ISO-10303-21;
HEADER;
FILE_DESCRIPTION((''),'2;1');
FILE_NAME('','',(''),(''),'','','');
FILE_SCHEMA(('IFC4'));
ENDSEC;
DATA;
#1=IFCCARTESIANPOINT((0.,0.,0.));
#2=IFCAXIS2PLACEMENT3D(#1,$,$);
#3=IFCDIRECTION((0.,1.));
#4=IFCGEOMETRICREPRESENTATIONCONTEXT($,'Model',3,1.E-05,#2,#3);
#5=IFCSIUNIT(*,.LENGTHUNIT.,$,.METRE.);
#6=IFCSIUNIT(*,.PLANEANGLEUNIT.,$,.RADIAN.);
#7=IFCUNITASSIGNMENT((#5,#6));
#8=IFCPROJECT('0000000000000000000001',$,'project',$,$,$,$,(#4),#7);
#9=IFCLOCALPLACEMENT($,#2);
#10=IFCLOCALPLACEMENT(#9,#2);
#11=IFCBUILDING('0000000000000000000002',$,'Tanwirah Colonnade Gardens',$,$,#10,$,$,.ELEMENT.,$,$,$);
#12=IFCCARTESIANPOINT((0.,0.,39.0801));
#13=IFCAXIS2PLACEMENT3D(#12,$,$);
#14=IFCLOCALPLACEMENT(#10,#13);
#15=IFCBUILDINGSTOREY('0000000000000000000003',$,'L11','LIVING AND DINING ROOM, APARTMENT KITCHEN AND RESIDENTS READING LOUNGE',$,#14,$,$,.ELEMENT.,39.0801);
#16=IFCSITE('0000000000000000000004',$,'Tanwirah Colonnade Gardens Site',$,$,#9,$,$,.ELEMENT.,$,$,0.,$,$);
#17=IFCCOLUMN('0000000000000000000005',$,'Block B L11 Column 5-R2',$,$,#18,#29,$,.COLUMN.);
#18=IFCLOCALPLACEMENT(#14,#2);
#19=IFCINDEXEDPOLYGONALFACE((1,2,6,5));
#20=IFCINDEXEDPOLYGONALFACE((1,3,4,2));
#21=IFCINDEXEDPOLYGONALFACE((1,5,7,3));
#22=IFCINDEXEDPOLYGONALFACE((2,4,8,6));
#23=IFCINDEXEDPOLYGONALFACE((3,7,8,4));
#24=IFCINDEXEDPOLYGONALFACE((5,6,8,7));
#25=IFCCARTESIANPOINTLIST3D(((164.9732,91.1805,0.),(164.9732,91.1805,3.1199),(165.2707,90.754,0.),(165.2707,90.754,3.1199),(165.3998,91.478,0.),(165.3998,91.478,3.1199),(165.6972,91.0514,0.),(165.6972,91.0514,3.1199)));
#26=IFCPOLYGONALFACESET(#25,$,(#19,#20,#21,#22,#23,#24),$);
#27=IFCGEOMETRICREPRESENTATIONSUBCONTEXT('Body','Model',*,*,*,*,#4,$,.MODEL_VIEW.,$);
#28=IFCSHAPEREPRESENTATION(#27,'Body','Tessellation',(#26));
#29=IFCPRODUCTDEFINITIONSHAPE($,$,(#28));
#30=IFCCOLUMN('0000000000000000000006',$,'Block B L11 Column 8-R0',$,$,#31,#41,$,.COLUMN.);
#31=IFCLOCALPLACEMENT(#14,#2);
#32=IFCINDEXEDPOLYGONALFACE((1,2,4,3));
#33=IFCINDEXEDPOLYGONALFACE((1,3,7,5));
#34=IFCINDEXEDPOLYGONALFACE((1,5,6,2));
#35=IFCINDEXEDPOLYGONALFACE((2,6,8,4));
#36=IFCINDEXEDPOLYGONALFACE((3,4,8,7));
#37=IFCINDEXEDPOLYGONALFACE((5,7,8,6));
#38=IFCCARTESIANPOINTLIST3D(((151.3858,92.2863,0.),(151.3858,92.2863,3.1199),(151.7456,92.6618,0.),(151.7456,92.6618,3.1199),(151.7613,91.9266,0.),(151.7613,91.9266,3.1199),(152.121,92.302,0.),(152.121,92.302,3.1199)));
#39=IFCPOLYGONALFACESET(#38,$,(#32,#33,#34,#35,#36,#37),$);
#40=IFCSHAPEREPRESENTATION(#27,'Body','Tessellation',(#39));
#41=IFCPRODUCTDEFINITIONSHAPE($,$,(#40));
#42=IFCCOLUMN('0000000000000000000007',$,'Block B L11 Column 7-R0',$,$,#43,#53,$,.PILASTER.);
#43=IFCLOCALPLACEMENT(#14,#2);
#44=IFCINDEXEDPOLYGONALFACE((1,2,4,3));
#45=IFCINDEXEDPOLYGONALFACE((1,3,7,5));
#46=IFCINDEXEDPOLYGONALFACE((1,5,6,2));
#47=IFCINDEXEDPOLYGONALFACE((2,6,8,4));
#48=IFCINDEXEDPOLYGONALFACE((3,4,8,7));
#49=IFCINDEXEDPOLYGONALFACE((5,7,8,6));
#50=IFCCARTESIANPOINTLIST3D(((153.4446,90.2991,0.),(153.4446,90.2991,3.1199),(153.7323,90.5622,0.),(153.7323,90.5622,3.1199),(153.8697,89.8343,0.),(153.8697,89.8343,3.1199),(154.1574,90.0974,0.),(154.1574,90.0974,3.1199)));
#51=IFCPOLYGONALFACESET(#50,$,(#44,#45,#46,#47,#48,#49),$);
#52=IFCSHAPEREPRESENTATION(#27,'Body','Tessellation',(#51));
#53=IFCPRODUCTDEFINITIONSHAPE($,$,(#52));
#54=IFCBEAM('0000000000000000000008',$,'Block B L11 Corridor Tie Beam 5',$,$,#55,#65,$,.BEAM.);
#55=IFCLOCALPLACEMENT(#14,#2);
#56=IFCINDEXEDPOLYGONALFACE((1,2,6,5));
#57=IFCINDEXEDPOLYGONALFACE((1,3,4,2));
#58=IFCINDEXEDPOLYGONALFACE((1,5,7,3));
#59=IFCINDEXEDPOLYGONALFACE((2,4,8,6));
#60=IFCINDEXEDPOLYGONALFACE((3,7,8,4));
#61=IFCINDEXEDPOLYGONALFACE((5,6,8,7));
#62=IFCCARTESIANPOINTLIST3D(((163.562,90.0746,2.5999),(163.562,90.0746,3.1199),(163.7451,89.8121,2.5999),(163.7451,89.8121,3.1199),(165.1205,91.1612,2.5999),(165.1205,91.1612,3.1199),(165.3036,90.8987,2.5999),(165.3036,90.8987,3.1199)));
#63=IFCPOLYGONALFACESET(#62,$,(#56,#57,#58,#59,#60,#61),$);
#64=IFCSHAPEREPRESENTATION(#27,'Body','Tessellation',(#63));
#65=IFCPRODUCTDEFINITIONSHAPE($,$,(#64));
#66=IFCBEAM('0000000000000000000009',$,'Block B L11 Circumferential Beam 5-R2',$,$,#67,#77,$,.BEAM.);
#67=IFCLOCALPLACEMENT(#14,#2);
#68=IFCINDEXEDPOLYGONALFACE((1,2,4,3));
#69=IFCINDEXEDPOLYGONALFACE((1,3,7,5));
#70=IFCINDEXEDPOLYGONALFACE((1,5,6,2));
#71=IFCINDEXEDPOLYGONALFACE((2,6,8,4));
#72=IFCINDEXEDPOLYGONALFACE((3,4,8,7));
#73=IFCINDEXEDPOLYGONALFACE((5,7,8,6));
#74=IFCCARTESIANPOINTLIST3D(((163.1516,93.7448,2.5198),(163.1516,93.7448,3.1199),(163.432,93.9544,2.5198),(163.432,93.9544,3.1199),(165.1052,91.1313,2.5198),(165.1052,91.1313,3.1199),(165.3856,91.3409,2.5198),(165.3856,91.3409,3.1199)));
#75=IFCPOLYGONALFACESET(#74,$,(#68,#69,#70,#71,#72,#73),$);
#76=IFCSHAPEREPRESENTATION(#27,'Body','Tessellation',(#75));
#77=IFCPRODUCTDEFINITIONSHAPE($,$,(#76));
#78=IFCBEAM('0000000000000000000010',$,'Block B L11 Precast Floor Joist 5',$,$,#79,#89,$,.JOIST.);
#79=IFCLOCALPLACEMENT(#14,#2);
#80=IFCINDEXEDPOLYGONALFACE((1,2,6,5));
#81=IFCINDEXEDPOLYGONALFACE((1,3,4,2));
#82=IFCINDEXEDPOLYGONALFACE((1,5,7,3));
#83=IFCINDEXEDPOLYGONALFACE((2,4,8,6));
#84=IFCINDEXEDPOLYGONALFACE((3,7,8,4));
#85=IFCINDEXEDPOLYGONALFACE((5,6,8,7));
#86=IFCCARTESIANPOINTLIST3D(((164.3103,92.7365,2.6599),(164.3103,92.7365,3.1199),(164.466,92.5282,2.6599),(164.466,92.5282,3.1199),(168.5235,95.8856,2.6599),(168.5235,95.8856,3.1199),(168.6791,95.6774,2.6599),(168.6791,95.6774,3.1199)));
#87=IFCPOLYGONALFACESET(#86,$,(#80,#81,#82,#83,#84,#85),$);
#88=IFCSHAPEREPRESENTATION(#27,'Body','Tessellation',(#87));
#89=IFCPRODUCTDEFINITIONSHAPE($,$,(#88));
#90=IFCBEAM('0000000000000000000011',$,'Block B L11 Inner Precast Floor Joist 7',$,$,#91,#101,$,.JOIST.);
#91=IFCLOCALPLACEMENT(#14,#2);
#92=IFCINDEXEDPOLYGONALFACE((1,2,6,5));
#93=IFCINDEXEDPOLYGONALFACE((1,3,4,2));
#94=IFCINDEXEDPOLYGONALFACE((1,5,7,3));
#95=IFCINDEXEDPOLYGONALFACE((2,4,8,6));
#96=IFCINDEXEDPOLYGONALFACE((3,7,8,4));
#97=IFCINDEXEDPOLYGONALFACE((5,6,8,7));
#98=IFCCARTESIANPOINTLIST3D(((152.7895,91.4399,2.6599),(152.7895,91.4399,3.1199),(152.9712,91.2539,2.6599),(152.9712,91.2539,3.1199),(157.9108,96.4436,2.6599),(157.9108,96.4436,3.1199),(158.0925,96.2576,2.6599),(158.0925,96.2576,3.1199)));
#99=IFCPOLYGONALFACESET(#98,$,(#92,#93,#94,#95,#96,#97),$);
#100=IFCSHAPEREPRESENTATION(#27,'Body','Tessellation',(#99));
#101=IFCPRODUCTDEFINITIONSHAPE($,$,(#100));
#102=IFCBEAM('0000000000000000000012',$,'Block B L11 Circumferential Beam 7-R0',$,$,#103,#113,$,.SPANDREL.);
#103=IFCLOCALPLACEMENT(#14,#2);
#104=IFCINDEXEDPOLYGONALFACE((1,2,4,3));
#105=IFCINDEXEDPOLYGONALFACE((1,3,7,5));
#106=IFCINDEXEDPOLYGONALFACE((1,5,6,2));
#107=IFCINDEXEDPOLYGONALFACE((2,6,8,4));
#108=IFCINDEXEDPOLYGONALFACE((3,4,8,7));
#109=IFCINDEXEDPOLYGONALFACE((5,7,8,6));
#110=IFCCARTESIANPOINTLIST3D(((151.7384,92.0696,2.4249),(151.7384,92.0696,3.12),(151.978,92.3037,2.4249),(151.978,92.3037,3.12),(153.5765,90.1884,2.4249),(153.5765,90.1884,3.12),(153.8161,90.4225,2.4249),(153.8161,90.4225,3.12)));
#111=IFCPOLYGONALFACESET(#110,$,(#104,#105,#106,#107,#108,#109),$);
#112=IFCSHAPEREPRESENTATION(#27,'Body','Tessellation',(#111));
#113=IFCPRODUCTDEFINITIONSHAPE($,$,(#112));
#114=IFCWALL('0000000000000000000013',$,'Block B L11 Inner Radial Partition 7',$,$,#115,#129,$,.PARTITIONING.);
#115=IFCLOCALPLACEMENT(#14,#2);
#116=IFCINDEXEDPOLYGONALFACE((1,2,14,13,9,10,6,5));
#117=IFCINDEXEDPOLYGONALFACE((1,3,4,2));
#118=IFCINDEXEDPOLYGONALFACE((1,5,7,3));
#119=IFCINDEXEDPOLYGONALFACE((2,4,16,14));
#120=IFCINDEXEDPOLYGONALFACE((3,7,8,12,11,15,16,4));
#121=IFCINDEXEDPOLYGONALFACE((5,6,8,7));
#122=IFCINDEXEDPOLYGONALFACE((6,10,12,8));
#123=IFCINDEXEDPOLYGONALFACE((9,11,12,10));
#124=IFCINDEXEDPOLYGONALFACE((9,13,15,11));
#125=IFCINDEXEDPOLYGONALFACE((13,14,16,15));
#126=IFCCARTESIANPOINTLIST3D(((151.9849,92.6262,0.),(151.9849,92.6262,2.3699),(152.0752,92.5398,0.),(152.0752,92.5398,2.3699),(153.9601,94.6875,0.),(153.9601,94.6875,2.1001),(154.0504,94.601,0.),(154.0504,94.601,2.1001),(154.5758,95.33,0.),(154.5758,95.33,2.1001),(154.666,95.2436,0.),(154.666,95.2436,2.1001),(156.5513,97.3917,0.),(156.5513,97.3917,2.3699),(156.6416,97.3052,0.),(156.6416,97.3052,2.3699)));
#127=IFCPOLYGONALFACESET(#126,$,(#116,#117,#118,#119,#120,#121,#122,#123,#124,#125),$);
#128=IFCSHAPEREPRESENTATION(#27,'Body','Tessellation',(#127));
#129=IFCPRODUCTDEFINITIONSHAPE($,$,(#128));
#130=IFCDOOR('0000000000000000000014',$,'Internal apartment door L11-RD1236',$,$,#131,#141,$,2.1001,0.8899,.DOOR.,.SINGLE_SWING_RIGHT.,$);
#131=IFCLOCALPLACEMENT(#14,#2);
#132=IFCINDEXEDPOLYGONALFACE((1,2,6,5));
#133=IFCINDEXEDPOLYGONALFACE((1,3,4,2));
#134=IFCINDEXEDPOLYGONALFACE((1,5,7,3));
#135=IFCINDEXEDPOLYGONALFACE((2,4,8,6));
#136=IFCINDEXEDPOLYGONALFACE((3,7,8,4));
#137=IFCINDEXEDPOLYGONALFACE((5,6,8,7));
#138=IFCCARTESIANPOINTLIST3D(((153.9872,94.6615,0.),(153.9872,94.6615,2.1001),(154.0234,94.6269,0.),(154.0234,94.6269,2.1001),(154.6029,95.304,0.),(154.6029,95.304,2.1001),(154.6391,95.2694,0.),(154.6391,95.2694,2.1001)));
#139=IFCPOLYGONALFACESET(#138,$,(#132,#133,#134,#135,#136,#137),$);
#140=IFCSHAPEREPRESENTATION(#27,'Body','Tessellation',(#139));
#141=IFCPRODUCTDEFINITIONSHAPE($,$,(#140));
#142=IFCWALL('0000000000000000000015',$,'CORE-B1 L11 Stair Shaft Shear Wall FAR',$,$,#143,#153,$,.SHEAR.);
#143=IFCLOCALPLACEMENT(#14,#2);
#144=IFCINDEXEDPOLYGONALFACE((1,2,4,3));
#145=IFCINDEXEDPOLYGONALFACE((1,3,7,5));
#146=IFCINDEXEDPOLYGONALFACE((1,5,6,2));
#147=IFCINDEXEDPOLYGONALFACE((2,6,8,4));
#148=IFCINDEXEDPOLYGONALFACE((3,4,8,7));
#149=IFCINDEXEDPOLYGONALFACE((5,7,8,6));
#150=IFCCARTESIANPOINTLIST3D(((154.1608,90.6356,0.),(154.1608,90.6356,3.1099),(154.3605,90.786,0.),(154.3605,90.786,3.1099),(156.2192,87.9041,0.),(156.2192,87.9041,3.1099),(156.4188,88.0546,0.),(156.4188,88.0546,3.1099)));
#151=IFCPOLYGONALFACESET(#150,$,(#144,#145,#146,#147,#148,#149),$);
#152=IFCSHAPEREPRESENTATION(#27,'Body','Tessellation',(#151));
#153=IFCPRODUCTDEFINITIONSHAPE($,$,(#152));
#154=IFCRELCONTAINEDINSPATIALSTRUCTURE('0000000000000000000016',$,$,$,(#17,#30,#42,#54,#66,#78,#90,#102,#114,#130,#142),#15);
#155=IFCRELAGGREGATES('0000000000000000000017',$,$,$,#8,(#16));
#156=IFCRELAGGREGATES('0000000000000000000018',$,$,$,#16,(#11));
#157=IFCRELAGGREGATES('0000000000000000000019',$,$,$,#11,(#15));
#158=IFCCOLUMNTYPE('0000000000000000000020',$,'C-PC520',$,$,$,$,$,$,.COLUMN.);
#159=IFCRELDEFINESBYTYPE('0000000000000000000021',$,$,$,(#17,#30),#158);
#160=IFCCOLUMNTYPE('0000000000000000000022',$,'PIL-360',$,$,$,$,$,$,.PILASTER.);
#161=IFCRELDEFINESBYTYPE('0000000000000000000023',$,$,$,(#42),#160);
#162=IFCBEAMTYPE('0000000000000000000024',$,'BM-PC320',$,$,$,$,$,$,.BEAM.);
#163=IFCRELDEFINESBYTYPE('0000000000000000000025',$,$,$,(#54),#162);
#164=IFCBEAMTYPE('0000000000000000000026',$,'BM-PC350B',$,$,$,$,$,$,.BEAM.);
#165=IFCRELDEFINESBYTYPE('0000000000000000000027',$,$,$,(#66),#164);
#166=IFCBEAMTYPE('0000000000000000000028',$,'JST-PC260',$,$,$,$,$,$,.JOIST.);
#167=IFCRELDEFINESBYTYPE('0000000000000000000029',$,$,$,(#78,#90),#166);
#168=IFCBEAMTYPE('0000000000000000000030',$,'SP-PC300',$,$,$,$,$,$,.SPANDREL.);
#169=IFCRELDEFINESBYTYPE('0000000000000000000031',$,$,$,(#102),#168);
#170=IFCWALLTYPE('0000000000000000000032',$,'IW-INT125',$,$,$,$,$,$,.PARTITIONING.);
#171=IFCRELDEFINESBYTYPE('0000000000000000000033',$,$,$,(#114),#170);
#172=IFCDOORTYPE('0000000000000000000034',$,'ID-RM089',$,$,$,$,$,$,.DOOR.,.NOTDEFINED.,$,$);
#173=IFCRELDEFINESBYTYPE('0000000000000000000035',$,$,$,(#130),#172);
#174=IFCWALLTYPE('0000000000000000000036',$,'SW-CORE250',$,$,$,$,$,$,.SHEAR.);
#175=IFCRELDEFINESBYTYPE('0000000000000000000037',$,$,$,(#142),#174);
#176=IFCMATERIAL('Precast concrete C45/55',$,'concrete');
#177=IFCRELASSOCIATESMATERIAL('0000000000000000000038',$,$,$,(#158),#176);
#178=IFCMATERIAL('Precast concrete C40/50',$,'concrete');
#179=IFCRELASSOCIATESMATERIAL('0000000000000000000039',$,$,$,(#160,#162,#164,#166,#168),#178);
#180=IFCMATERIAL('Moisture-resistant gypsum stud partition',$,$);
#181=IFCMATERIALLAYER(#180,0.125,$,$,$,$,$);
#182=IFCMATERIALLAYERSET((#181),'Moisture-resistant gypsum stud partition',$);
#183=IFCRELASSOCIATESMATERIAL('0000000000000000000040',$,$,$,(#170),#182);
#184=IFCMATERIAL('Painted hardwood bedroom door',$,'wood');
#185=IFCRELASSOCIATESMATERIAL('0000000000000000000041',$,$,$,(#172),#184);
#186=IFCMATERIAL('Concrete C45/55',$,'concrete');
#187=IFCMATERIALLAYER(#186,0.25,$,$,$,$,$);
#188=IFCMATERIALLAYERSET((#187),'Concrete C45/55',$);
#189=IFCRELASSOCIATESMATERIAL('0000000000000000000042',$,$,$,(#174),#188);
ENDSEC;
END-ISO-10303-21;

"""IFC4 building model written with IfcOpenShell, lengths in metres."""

from ifc_helpers import new_model, si_unit, direction, frame, frame_2d, origin, origin_2d, place, context, subcontext, project, spatial, rectangle, extrude, material, layer, layer_set, material_profile, profile_set, type_object, element, fill, save


model = new_model("IFC4")

# Units and contexts
model_context = context("Model", 3, precision=1e-05, world=origin(), true_north=direction((0.0, 1.0)))
body_context = subcontext(model_context, "Body", "Model", "MODEL_VIEW")
ifc_project = project(units=[si_unit("LENGTHUNIT", "METRE"), si_unit("PLANEANGLEUNIT", "RADIAN")], contexts=[model_context])

# Site, building, storey
site_placement = place(None, origin())
site = spatial("IfcSite", under=ifc_project, at=site_placement, Name="Tanwirah Colonnade Gardens Site", CompositionType="ELEMENT", RefElevation=0.0)
building_placement = place(site_placement, origin())
building = spatial("IfcBuilding", under=site, at=building_placement, Name="Tanwirah Colonnade Gardens", CompositionType="ELEMENT")
storey_placement = place(building_placement, frame((0.0, 0.0, 39.0801)))
storey = spatial("IfcBuildingStorey", under=building, at=storey_placement, Name="L11", Description="LIVING AND DINING ROOM, APARTMENT KITCHEN AND RESIDENTS READING LOUNGE", CompositionType="ELEMENT", Elevation=39.0801)

# Columns
ifc_material_1 = material(Name="Precast concrete C45/55", Category="concrete")
ifc_material_profile_1 = material_profile(ifc_material_1, rectangle(XDim=0.52, YDim=0.52, at=origin_2d()), Name="PC-COL 520x520")
ifc_profile_set_1 = profile_set([ifc_material_profile_1], Name="Precast concrete C45/55")
column_type_1 = type_object("IfcColumnType", Name="C-PC520", PredefinedType="COLUMN", material=ifc_profile_set_1)
for number, where, z_axis, x_axis, name in (
    (1, (165.3352, 91.116, 0.0), (0.0, 0.0, 1.0), (0.820263, 0.571987, 0.0), "Block B L11 Column 5-R2"),
    (2, (151.7534, 92.2942, 0.0), (0.0, 0.0, 1.0), (0.691863, 0.722029, 0.0), "Block B L11 Column 8-R0"),
):
    element("IfcColumn", number, at=place(storey_placement, frame(where, z_axis=z_axis, x_axis=x_axis)), inside=storey, type_object=column_type_1, Name=name, PredefinedType="COLUMN", context=body_context, shape_type="SweptSolid", body=[
        extrude(rectangle(XDim=0.52, YDim=0.52, at=origin_2d()), origin(), (0.0, 0.0, 1.0), 3.1199),
    ])
ifc_material_2 = material(Name="Precast concrete C40/50", Category="concrete")
ifc_material_profile_2 = material_profile(ifc_material_2, rectangle(XDim=0.3899, YDim=0.6299, at=origin_2d()), Name="PC-PIL 390x630")
ifc_profile_set_2 = profile_set([ifc_material_profile_2], Name="Precast concrete C40/50")
column_type_2 = type_object("IfcColumnType", Name="PIL-360", PredefinedType="PILASTER", material=ifc_profile_set_2)
column_placement = place(storey_placement, frame((153.801, 90.1982, 0.0), z_axis=(0.0, 0.0, 1.0), x_axis=(0.737932, 0.674875, 0.0)))
element("IfcColumn", 3, at=column_placement, inside=storey, type_object=column_type_2, Name="Block B L11 Column 7-R0", PredefinedType="PILASTER", context=body_context, shape_type="SweptSolid", body=[
    extrude(rectangle(XDim=0.3899, YDim=0.6299, at=origin_2d()), origin(), (0.0, 0.0, 1.0), 3.1199),
])

# Beams
ifc_material_profile_3 = material_profile(ifc_material_2, rectangle(XDim=0.3201, YDim=0.52, at=origin_2d()), Name="PC-BM 320x520")
ifc_profile_set_3 = profile_set([ifc_material_profile_3], Name="Precast concrete C40/50")
beam_type_1 = type_object("IfcBeamType", Name="BM-PC320", PredefinedType="BEAM", material=ifc_profile_set_3)
beam_1_placement = place(storey_placement, frame((163.6536, 89.9434, 2.8599), z_axis=(0.820305, 0.571926, 0.0), x_axis=(-0.571926, 0.820305, 0.0)))
element("IfcBeam", 4, at=beam_1_placement, inside=storey, type_object=beam_type_1, Name="Block B L11 Corridor Tie Beam 5", PredefinedType="BEAM", context=body_context, shape_type="SweptSolid", body=[
    extrude(rectangle(XDim=0.3201, YDim=0.52, at=origin_2d()), origin(), (0.0, 0.0, 1.0), 1.8999),
])
ifc_material_profile_4 = material_profile(ifc_material_2, rectangle(XDim=0.3501, YDim=0.6001, at=origin_2d()), Name="PC-BM 350x600")
ifc_profile_set_4 = profile_set([ifc_material_profile_4], Name="Precast concrete C40/50")
beam_type_2 = type_object("IfcBeamType", Name="BM-PC350B", PredefinedType="BEAM", material=ifc_profile_set_4)
beam_2_placement = place(storey_placement, frame((165.2454, 91.2361, 2.8198), z_axis=(-0.598718, 0.80096, 0.0), x_axis=(-0.80096, -0.598718, 0.0)))
element("IfcBeam", 5, at=beam_2_placement, inside=storey, type_object=beam_type_2, Name="Block B L11 Circumferential Beam 5-R2", PredefinedType="BEAM", context=body_context, shape_type="SweptSolid", body=[
    extrude(rectangle(XDim=0.3501, YDim=0.6001, at=origin_2d()), origin(), (0.0, 0.0, 1.0), 3.2629),
])
ifc_material_profile_5 = material_profile(ifc_material_2, rectangle(XDim=0.26, YDim=0.46, at=origin_2d()), Name="PC-JST 260x460")
ifc_profile_set_5 = profile_set([ifc_material_profile_5], Name="Precast concrete C40/50")
beam_type_3 = type_object("IfcBeamType", Name="JST-PC260", PredefinedType="JOIST", material=ifc_profile_set_5)
beam_3_placement = place(storey_placement, frame((164.3882, 92.6323, 2.8899), z_axis=(0.800974, 0.5987, 0.0), x_axis=(-0.5987, 0.800974, 0.0)))
element("IfcBeam", 6, at=beam_3_placement, inside=storey, type_object=beam_type_3, Name="Block B L11 Precast Floor Joist 5", PredefinedType="JOIST", context=body_context, shape_type="SweptSolid", body=[
    extrude(rectangle(XDim=0.26, YDim=0.46, at=origin_2d()), origin(), (0.0, 0.0, 1.0), 5.26),
])
beam_4_placement = place(storey_placement, frame((152.8804, 91.3469, 2.8899), z_axis=(0.715277, 0.698841, 0.0), x_axis=(-0.698841, 0.715277, 0.0)))
element("IfcBeam", 7, at=beam_4_placement, inside=storey, type_object=beam_type_3, Name="Block B L11 Inner Precast Floor Joist 7", PredefinedType="JOIST", context=body_context, shape_type="SweptSolid", body=[
    extrude(rectangle(XDim=0.26, YDim=0.46, at=origin_2d()), origin(), (0.0, 0.0, 1.0), 7.1599),
])
ifc_material_profile_6 = material_profile(ifc_material_2, rectangle(XDim=0.335, YDim=0.6951, at=origin_2d()), Name="PC-SP 335x695")
ifc_profile_set_6 = profile_set([ifc_material_profile_6], Name="Precast concrete C40/50")
beam_type_4 = type_object("IfcBeamType", Name="SP-PC300", PredefinedType="SPANDREL", material=ifc_profile_set_6)
beam_5_placement = place(storey_placement, frame((153.6963, 90.3054, 2.7725), z_axis=(-0.698844, 0.715274, 0.0), x_axis=(-0.715274, -0.698844, 0.0)))
element("IfcBeam", 8, at=beam_5_placement, inside=storey, type_object=beam_type_4, Name="Block B L11 Circumferential Beam 7-R0", PredefinedType="SPANDREL", context=body_context, shape_type="SweptSolid", body=[
    extrude(rectangle(XDim=0.335, YDim=0.6951, at=origin_2d()), origin(), (0.0, 0.0, 1.0), 2.6301),
])

# Wall, opening, door
ifc_material_3 = material(Name="Moisture-resistant gypsum stud partition")
ifc_layer_1 = layer(ifc_material_3, 0.125)
ifc_layer_set_1 = layer_set([ifc_layer_1], Name="Moisture-resistant gypsum stud partition")
wall_type_1 = type_object("IfcWallType", Name="IW-INT125", PredefinedType="PARTITIONING", material=ifc_layer_set_1)
wall_1_placement = place(storey_placement, frame((152.03, 92.583, 0.0), z_axis=(0.0, 0.0, 1.0), x_axis=(0.691872, 0.72202, 0.0)))
wall_1 = element("IfcWall", 9, at=wall_1_placement, inside=storey, type_object=wall_type_1, Name="Block B L11 Inner Radial Partition 7", PredefinedType="PARTITIONING", context=body_context, shape_type="SweptSolid", body=[
    extrude(rectangle(XDim=6.6001, YDim=0.125, at=frame_2d((3.3, 0.0))), origin(), (0.0, 0.0, 1.0), 2.3699),
])
opening_1_placement = place(wall_1_placement, frame((2.855, 0.0, 0.0)))
opening_1 = element("IfcOpeningElement", 10, at=opening_1_placement, cuts=wall_1, PredefinedType="OPENING", context=body_context, shape_type="SweptSolid", body=[
    extrude(rectangle(XDim=0.8899, YDim=2.1001, at=frame_2d((0.4448, 1.05))), frame((0.0, 0.0725, 0.0), z_axis=(0.0, -1.0, 0.0), x_axis=(1.0, 0.0, 0.0)), (0.0, 0.0, 1.0), 0.145),
])
ifc_material_4 = material(Name="Painted hardwood bedroom door", Category="wood")
door_type_1 = type_object("IfcDoorType", Name="ID-RM089", OperationType="NOTDEFINED", PredefinedType="DOOR", material=ifc_material_4)
door_1_placement = place(opening_1_placement, origin())
door_1 = element("IfcDoor", 11, at=door_1_placement, inside=storey, type_object=door_type_1, Name="Internal apartment door L11-RD1236", OperationType="SINGLE_SWING_RIGHT", OverallHeight=2.1001, OverallWidth=0.8899, PredefinedType="DOOR", context=body_context, shape_type="SweptSolid", body=[
    extrude(rectangle(XDim=0.8899, YDim=2.1001, at=frame_2d((0.4448, 1.05))), frame((0.0, 0.0249, 0.0), z_axis=(0.0, -1.0, 0.0), x_axis=(1.0, 0.0, 0.0)), (0.0, 0.0, 1.0), 0.05),
])
fill(opening_1, door_1)

# Wall
ifc_material_5 = material(Name="Concrete C45/55", Category="concrete")
ifc_layer_2 = layer(ifc_material_5, 0.25)
ifc_layer_set_2 = layer_set([ifc_layer_2], Name="Concrete C45/55")
wall_type_2 = type_object("IfcWallType", Name="SW-CORE250", PredefinedType="SHEAR", material=ifc_layer_set_2)
wall_2_placement = place(storey_placement, frame((154.2607, 90.7107, 0.0), z_axis=(0.0, 0.0, 1.0), x_axis=(0.601826, -0.798627, 0.0)))
element("IfcWall", 12, at=wall_2_placement, inside=storey, type_object=wall_type_2, Name="CORE-B1 L11 Stair Shaft Shear Wall FAR", PredefinedType="SHEAR", context=body_context, shape_type="SweptSolid", body=[
    extrude(rectangle(XDim=3.4202, YDim=0.25, at=frame_2d((1.71, 0.0))), origin(), (0.0, 0.0, 1.0), 3.1099),
])

save(model, "model.ifc")
